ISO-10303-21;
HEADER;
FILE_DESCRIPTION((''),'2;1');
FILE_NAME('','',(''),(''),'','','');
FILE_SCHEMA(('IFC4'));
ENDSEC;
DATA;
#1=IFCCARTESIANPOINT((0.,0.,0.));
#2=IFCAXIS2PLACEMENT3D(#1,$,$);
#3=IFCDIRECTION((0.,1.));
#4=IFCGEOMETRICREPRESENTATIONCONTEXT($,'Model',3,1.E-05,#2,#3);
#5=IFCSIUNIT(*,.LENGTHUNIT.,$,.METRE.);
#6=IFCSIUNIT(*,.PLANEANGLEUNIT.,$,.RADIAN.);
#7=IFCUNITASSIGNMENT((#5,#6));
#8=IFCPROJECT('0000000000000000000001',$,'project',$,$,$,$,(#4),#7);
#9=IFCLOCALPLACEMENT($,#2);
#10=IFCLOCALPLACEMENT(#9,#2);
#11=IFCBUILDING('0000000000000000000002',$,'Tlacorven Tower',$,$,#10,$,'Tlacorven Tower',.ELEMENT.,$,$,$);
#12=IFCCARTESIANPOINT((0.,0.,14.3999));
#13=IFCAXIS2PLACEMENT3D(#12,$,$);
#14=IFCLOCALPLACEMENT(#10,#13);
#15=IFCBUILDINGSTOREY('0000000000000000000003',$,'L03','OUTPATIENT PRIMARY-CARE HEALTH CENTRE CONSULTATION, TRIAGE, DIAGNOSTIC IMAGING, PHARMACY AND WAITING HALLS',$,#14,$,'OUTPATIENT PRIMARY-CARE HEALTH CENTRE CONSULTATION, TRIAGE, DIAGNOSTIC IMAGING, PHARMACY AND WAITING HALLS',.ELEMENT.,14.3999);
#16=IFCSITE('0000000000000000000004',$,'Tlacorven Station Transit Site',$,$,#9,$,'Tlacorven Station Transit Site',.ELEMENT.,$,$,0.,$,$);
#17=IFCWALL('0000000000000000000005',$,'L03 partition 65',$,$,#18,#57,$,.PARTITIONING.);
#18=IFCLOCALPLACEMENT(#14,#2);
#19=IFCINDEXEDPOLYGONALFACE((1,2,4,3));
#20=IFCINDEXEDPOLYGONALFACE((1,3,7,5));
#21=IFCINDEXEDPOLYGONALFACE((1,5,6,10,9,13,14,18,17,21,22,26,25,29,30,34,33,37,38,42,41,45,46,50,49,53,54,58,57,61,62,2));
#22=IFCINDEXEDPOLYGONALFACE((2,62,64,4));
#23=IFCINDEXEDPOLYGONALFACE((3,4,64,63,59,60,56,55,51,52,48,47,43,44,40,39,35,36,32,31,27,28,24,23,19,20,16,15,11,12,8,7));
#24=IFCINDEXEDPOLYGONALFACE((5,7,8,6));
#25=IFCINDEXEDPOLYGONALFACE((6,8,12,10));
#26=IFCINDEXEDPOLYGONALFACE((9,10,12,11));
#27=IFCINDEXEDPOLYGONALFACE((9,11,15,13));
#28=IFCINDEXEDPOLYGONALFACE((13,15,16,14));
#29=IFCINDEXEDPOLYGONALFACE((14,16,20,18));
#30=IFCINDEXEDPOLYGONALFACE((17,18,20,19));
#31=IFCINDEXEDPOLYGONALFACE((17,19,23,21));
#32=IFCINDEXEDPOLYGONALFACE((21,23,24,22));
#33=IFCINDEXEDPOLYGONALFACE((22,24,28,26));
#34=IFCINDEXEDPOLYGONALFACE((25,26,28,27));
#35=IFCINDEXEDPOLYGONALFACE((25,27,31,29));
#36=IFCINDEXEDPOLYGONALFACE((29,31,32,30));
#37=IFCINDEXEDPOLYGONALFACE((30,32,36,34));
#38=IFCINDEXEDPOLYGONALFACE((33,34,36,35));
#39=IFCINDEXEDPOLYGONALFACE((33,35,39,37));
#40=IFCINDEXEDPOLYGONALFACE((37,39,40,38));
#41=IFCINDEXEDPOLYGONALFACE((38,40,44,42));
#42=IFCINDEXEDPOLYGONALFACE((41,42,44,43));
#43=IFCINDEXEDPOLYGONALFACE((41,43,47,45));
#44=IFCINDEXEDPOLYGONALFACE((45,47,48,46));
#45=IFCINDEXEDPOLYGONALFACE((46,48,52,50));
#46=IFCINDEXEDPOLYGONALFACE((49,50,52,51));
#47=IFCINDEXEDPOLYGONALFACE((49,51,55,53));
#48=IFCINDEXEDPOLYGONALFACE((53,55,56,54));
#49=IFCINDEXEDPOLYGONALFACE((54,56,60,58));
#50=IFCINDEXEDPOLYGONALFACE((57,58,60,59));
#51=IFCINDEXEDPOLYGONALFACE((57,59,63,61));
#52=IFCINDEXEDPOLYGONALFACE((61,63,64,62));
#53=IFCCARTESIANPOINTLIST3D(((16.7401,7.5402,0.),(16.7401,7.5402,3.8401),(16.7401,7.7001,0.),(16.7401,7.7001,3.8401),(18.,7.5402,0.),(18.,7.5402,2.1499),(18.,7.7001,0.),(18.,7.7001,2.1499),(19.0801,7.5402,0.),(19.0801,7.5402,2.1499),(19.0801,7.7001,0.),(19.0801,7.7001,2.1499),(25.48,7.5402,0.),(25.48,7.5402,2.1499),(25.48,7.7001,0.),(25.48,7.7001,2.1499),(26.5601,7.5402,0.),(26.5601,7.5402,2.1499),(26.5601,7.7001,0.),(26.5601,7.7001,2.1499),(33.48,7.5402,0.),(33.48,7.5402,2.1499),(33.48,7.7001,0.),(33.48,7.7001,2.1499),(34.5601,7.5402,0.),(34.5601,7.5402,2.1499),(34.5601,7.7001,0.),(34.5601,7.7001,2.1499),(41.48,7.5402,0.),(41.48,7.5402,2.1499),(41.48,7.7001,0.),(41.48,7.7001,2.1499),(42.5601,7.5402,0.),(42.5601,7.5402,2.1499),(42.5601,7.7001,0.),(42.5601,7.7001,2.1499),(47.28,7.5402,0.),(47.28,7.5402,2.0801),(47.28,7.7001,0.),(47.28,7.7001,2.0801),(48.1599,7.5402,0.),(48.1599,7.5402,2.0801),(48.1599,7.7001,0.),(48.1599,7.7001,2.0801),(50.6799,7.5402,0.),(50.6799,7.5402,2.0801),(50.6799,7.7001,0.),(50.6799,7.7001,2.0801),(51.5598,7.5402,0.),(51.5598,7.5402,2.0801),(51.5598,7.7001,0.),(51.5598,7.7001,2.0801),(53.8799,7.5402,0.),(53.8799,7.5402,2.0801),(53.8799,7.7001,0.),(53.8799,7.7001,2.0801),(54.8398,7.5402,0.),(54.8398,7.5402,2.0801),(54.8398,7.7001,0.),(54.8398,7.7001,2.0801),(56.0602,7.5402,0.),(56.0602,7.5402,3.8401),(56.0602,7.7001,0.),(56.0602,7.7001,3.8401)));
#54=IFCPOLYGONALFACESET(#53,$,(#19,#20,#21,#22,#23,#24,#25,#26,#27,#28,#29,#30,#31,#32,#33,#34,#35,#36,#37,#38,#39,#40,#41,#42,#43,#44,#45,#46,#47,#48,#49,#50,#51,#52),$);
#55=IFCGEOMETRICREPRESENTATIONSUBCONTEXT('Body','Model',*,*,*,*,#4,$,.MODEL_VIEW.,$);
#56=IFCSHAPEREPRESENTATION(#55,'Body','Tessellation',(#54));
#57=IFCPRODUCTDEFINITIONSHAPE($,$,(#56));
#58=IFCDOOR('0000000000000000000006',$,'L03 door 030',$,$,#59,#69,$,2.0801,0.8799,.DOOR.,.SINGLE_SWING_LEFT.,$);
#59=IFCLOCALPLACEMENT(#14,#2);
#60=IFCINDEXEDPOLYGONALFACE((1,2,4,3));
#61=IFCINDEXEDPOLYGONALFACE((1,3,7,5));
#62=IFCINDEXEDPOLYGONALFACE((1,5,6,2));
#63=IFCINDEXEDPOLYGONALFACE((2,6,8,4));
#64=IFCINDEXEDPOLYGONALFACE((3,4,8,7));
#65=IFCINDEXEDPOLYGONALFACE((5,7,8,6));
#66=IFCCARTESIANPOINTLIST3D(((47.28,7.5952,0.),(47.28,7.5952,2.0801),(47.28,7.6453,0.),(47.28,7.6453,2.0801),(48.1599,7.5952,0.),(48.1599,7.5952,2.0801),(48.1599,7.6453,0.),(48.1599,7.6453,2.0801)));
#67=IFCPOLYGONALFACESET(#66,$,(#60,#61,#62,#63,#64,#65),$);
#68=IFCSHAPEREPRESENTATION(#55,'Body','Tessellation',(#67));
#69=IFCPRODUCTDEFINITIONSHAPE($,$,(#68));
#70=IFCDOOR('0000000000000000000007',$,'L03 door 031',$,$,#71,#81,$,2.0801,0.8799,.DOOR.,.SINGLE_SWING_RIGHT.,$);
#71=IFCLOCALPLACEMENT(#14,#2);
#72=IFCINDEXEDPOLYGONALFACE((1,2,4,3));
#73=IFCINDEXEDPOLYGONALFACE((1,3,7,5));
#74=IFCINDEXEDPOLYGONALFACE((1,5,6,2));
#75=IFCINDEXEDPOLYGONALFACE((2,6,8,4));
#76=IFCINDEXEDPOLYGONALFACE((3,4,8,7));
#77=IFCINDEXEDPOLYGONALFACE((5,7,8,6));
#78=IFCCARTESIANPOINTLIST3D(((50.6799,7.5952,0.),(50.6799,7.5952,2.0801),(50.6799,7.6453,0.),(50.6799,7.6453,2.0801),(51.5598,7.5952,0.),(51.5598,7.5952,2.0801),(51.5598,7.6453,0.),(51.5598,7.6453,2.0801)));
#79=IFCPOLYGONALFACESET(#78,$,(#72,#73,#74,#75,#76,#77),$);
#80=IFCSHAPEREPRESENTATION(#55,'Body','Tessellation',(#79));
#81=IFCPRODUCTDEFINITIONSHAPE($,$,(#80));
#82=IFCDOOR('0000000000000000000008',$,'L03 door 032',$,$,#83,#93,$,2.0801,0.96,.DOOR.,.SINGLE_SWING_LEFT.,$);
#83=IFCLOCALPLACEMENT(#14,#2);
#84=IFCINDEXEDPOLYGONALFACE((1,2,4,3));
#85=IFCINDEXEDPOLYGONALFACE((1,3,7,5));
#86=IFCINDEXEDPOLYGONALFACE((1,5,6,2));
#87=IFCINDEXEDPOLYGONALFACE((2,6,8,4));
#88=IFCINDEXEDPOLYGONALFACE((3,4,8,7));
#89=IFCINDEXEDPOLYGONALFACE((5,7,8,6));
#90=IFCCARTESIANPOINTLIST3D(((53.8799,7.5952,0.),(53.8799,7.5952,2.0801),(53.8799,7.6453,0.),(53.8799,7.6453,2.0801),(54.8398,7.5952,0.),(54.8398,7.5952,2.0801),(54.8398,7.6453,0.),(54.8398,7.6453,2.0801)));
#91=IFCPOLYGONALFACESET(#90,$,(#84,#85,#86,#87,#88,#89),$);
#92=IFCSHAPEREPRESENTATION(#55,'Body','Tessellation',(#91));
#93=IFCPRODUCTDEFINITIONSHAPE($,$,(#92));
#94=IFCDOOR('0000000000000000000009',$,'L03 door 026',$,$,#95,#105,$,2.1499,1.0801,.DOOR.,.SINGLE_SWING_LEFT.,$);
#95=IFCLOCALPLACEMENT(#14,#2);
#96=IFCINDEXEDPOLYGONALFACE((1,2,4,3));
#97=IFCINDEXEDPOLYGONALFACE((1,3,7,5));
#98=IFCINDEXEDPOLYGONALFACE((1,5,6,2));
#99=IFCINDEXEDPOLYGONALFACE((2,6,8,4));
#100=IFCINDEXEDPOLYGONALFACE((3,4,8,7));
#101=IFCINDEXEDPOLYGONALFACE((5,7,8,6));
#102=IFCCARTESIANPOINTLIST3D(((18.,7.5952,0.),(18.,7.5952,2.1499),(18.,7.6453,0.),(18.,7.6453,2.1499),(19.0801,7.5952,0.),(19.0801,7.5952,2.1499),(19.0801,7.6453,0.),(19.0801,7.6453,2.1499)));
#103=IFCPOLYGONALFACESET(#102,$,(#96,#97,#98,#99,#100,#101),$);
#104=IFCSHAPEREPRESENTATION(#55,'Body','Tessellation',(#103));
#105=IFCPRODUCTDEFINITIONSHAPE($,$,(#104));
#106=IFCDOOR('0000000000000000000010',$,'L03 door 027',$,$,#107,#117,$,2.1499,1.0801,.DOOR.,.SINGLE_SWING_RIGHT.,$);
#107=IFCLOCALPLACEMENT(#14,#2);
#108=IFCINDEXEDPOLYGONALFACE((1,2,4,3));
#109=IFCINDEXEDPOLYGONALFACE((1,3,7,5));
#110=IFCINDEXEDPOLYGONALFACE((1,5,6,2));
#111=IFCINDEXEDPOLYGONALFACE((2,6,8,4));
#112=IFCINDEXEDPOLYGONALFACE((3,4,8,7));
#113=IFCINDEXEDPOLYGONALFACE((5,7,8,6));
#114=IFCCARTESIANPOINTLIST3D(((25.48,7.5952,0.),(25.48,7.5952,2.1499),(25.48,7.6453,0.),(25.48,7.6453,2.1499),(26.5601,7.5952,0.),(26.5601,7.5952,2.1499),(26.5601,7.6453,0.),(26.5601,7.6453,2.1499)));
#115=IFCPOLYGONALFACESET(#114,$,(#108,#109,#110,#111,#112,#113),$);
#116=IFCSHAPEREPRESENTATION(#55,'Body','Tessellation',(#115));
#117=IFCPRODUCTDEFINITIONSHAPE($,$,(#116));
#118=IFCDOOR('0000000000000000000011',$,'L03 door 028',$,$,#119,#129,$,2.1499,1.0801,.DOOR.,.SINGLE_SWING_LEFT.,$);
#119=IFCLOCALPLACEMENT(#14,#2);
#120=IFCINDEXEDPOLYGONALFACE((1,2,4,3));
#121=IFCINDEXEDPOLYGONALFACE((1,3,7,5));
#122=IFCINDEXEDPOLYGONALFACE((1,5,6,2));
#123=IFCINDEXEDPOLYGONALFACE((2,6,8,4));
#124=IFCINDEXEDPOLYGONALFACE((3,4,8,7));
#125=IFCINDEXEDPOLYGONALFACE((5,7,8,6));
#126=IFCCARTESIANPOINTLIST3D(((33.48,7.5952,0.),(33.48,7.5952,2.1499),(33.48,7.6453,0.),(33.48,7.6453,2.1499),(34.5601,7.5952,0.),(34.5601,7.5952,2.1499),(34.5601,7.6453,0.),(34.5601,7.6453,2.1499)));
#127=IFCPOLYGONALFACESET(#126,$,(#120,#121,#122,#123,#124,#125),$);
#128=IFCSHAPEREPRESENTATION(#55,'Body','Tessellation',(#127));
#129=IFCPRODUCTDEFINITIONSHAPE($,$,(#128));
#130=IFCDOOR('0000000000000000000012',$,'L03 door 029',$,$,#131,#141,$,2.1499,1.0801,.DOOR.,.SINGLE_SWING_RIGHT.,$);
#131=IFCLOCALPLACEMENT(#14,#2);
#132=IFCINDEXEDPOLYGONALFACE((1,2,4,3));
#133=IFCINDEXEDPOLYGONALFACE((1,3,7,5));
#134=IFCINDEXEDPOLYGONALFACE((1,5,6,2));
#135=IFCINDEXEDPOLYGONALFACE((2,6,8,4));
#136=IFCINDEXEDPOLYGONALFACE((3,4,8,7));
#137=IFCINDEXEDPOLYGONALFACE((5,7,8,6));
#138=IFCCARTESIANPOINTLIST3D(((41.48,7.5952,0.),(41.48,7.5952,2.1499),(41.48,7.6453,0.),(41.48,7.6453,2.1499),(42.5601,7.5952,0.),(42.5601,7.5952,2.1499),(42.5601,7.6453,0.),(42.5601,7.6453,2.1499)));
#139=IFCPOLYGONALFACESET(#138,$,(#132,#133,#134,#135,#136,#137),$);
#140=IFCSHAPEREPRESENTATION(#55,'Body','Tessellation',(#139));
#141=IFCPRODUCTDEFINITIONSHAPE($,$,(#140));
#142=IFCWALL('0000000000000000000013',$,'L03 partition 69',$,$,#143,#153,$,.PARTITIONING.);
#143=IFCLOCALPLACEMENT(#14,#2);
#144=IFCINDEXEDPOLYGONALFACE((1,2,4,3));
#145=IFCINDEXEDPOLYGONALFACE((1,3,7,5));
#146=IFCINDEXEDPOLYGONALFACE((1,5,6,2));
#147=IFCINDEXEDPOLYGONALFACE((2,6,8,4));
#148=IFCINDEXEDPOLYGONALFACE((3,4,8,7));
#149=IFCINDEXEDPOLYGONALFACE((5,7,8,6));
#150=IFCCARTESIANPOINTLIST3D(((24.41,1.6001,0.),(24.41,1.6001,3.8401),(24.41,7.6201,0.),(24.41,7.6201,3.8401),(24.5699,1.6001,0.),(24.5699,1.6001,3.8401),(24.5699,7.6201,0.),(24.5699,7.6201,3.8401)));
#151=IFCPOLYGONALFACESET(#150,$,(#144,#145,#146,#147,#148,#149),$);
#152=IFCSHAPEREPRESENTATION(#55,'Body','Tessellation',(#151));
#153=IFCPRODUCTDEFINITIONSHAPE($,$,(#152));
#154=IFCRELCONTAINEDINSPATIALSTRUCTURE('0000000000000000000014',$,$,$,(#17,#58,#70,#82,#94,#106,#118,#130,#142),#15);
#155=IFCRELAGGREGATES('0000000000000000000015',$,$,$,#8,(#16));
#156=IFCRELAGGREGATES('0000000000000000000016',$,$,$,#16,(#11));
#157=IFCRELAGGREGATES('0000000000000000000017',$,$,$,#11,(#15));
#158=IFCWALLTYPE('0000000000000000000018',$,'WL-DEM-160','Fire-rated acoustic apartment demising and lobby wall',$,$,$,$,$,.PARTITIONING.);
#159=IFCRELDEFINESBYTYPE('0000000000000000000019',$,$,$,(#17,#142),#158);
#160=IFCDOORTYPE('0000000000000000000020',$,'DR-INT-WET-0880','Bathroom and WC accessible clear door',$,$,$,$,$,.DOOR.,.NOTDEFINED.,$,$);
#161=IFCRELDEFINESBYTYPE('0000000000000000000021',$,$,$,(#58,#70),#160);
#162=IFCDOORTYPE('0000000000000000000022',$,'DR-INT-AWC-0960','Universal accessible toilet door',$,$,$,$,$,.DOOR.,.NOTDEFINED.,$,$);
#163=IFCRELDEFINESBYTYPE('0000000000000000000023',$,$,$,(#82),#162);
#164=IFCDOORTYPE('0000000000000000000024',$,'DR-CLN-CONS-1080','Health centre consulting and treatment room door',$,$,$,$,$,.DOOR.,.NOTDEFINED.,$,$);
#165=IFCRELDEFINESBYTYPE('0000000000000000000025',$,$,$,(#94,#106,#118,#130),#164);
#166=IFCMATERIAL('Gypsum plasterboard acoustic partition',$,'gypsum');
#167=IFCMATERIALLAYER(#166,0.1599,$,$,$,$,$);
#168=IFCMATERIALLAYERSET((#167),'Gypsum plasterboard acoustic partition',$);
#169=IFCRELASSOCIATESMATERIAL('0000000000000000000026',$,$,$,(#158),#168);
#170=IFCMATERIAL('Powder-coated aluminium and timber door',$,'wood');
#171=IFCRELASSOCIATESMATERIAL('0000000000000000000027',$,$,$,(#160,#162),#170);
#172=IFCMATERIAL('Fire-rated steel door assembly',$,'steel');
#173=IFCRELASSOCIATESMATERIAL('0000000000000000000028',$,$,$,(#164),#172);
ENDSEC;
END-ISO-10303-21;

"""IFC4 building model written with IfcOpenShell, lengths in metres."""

from ifc_helpers import new_model, si_unit, direction, frame, frame_2d, origin, place, context, subcontext, project, spatial, rectangle, extrude, source, transform, mapped, material, layer, layer_set, type_object, element, fill, save


model = new_model("IFC4")

# Units and contexts
model_context = context("Model", 3, precision=1e-05, world=origin(), true_north=direction((0.0, 1.0)))
body_context = subcontext(model_context, "Body", "Model", "MODEL_VIEW")
ifc_project = project(units=[si_unit("LENGTHUNIT", "METRE"), si_unit("PLANEANGLEUNIT", "RADIAN")], contexts=[model_context])

# Site, building, storey
site_placement = place(None, origin())
site = spatial("IfcSite", under=ifc_project, at=site_placement, Name="Tlacorven Station Transit Site", LongName="Tlacorven Station Transit Site", CompositionType="ELEMENT", RefElevation=0.0)
building_placement = place(site_placement, origin())
building = spatial("IfcBuilding", under=site, at=building_placement, Name="Tlacorven Tower", LongName="Tlacorven Tower", CompositionType="ELEMENT")
storey_placement = place(building_placement, frame((0.0, 0.0, 14.3999)))
storey = spatial("IfcBuildingStorey", under=building, at=storey_placement, Name="L03", Description="OUTPATIENT PRIMARY-CARE HEALTH CENTRE CONSULTATION, TRIAGE, DIAGNOSTIC IMAGING, PHARMACY AND WAITING HALLS", LongName="OUTPATIENT PRIMARY-CARE HEALTH CENTRE CONSULTATION, TRIAGE, DIAGNOSTIC IMAGING, PHARMACY AND WAITING HALLS", CompositionType="ELEMENT", Elevation=14.3999)

# Wall, openings, doors
ifc_material_1 = material(Name="Gypsum plasterboard acoustic partition", Category="gypsum")
ifc_layer_1 = layer(ifc_material_1, 0.1599)
ifc_layer_set_1 = layer_set([ifc_layer_1], Name="Gypsum plasterboard acoustic partition")
wall_type_1 = type_object("IfcWallType", Name="WL-DEM-160", Description="Fire-rated acoustic apartment demising and lobby wall", PredefinedType="PARTITIONING", material=ifc_layer_set_1)
wall_1_placement = place(storey_placement, frame((16.74, 7.6201, 0.0), z_axis=(0.0, 0.0, 1.0), x_axis=(1.0, 0.0, 0.0)))
wall_1 = element("IfcWall", 1, at=wall_1_placement, inside=storey, type_object=wall_type_1, Name="L03 partition 65", PredefinedType="PARTITIONING", context=body_context, shape_type="SweptSolid", body=[
    extrude(rectangle(XDim=39.3201, YDim=0.1599, at=frame_2d((19.6602, 0.0))), origin(), (0.0, 0.0, 1.0), 3.8401),
])
opening_1_placement = place(wall_1_placement, frame((1.26, 0.0, 0.0)))
opening_1 = element("IfcOpeningElement", 2, at=opening_1_placement, cuts=wall_1, PredefinedType="OPENING", context=body_context, shape_type="SweptSolid", body=[
    extrude(rectangle(XDim=1.0801, YDim=2.1499, at=frame_2d((0.54, 1.075))), frame((0.0, 0.0898, 0.0), z_axis=(0.0, -1.0, 0.0), x_axis=(1.0, 0.0, 0.0)), (0.0, 0.0, 1.0), 0.1799),
])
opening_2_placement = place(wall_1_placement, frame((8.74, 0.0, 0.0)))
opening_2 = element("IfcOpeningElement", 3, at=opening_2_placement, cuts=wall_1, PredefinedType="OPENING", context=body_context, shape_type="SweptSolid", body=[
    extrude(rectangle(XDim=1.0801, YDim=2.1499, at=frame_2d((0.54, 1.075))), frame((0.0, 0.0898, 0.0), z_axis=(0.0, -1.0, 0.0), x_axis=(1.0, 0.0, 0.0)), (0.0, 0.0, 1.0), 0.1799),
])
opening_3_placement = place(wall_1_placement, frame((16.74, 0.0, 0.0)))
opening_3 = element("IfcOpeningElement", 4, at=opening_3_placement, cuts=wall_1, PredefinedType="OPENING", context=body_context, shape_type="SweptSolid", body=[
    extrude(rectangle(XDim=1.0801, YDim=2.1499, at=frame_2d((0.54, 1.075))), frame((0.0, 0.0898, 0.0), z_axis=(0.0, -1.0, 0.0), x_axis=(1.0, 0.0, 0.0)), (0.0, 0.0, 1.0), 0.1799),
])
opening_4_placement = place(wall_1_placement, frame((24.74, 0.0, 0.0)))
opening_4 = element("IfcOpeningElement", 5, at=opening_4_placement, cuts=wall_1, PredefinedType="OPENING", context=body_context, shape_type="SweptSolid", body=[
    extrude(rectangle(XDim=1.0801, YDim=2.1499, at=frame_2d((0.54, 1.075))), frame((0.0, 0.0898, 0.0), z_axis=(0.0, -1.0, 0.0), x_axis=(1.0, 0.0, 0.0)), (0.0, 0.0, 1.0), 0.1799),
])
opening_5_placement = place(wall_1_placement, frame((30.54, 0.0, 0.0)))
opening_5 = element("IfcOpeningElement", 6, at=opening_5_placement, cuts=wall_1, PredefinedType="OPENING", context=body_context, shape_type="SweptSolid", body=[
    extrude(rectangle(XDim=0.8799, YDim=2.0801, at=frame_2d((0.4399, 1.04))), frame((0.0, 0.0898, 0.0), z_axis=(0.0, -1.0, 0.0), x_axis=(1.0, 0.0, 0.0)), (0.0, 0.0, 1.0), 0.1799),
])
opening_6_placement = place(wall_1_placement, frame((33.9399, 0.0, 0.0)))
opening_6 = element("IfcOpeningElement", 7, at=opening_6_placement, cuts=wall_1, PredefinedType="OPENING", context=body_context, shape_type="SweptSolid", body=[
    extrude(rectangle(XDim=0.8799, YDim=2.0801, at=frame_2d((0.4399, 1.04))), frame((0.0, 0.0898, 0.0), z_axis=(0.0, -1.0, 0.0), x_axis=(1.0, 0.0, 0.0)), (0.0, 0.0, 1.0), 0.1799),
])
opening_7_placement = place(wall_1_placement, frame((37.1399, 0.0, 0.0)))
opening_7 = element("IfcOpeningElement", 8, at=opening_7_placement, cuts=wall_1, PredefinedType="OPENING", context=body_context, shape_type="SweptSolid", body=[
    extrude(rectangle(XDim=0.96, YDim=2.0801, at=frame_2d((0.48, 1.04))), frame((0.0, 0.0898, 0.0), z_axis=(0.0, -1.0, 0.0), x_axis=(1.0, 0.0, 0.0)), (0.0, 0.0, 1.0), 0.1799),
])
ifc_material_2 = material(Name="Powder-coated aluminium and timber door", Category="wood")
door_type_1 = type_object("IfcDoorType", Name="DR-INT-WET-0880", Description="Bathroom and WC accessible clear door", OperationType="NOTDEFINED", PredefinedType="DOOR", material=ifc_material_2)
shared_shape_1 = source(origin(), body_context, "Body", "SweptSolid", [
    extrude(rectangle(XDim=0.8799, YDim=2.0801, at=frame_2d((0.4399, 1.04))), frame((0.0, 0.0249, 0.0), z_axis=(0.0, -1.0, 0.0), x_axis=(1.0, 0.0, 0.0)), (0.0, 0.0, 1.0), 0.05),
])
door_1_placement = place(opening_5_placement, frame((0.8799, 0.0, 0.0), z_axis=(0.0, 0.0, 1.0), x_axis=(-1.0, 0.0, 0.0)))
door_1 = element("IfcDoor", 9, at=door_1_placement, inside=storey, type_object=door_type_1, Name="L03 door 030", OperationType="SINGLE_SWING_LEFT", OverallHeight=2.0801, OverallWidth=0.8799, PredefinedType="DOOR", context=body_context, shape_type="MappedRepresentation", body=[
    mapped(shared_shape_1, transform((0.0, 0.0, 0.0), scale=1.0)),
])
fill(opening_5, door_1)
door_2_placement = place(opening_6_placement, frame((0.8799, 0.0, 0.0), z_axis=(0.0, 0.0, 1.0), x_axis=(-1.0, 0.0, 0.0)))
door_2 = element("IfcDoor", 10, at=door_2_placement, inside=storey, type_object=door_type_1, Name="L03 door 031", OperationType="SINGLE_SWING_RIGHT", OverallHeight=2.0801, OverallWidth=0.8799, PredefinedType="DOOR", context=body_context, shape_type="MappedRepresentation", body=[
    mapped(shared_shape_1, transform((0.0, 0.0, 0.0), scale=1.0)),
])
fill(opening_6, door_2)
door_type_2 = type_object("IfcDoorType", Name="DR-INT-AWC-0960", Description="Universal accessible toilet door", OperationType="NOTDEFINED", PredefinedType="DOOR", material=ifc_material_2)
shared_shape_2 = source(origin(), body_context, "Body", "SweptSolid", [
    extrude(rectangle(XDim=0.96, YDim=2.0801, at=frame_2d((0.48, 1.04))), frame((0.0, 0.0249, 0.0), z_axis=(0.0, -1.0, 0.0), x_axis=(1.0, 0.0, 0.0)), (0.0, 0.0, 1.0), 0.05),
])
door_3_placement = place(opening_7_placement, frame((0.96, 0.0, 0.0), z_axis=(0.0, 0.0, 1.0), x_axis=(-1.0, 0.0, 0.0)))
door_3 = element("IfcDoor", 11, at=door_3_placement, inside=storey, type_object=door_type_2, Name="L03 door 032", OperationType="SINGLE_SWING_LEFT", OverallHeight=2.0801, OverallWidth=0.96, PredefinedType="DOOR", context=body_context, shape_type="MappedRepresentation", body=[
    mapped(shared_shape_2, transform((0.0, 0.0, 0.0), scale=1.0)),
])
fill(opening_7, door_3)
ifc_material_3 = material(Name="Fire-rated steel door assembly", Category="steel")
door_type_3 = type_object("IfcDoorType", Name="DR-CLN-CONS-1080", Description="Health centre consulting and treatment room door", OperationType="NOTDEFINED", PredefinedType="DOOR", material=ifc_material_3)
shared_shape_3 = source(origin(), body_context, "Body", "SweptSolid", [
    extrude(rectangle(XDim=1.0801, YDim=2.1499, at=frame_2d((0.54, 1.075))), frame((0.0, 0.0249, 0.0), z_axis=(0.0, -1.0, 0.0), x_axis=(1.0, 0.0, 0.0)), (0.0, 0.0, 1.0), 0.05),
])
door_4_placement = place(opening_1_placement, frame((1.0801, 0.0, 0.0), z_axis=(0.0, 0.0, 1.0), x_axis=(-1.0, 0.0, 0.0)))
door_4 = element("IfcDoor", 12, at=door_4_placement, inside=storey, type_object=door_type_3, Name="L03 door 026", OperationType="SINGLE_SWING_LEFT", OverallHeight=2.1499, OverallWidth=1.0801, PredefinedType="DOOR", context=body_context, shape_type="MappedRepresentation", body=[
    mapped(shared_shape_3, transform((0.0, 0.0, 0.0), scale=1.0)),
])
fill(opening_1, door_4)
door_5_placement = place(opening_2_placement, frame((1.0801, 0.0, 0.0), z_axis=(0.0, 0.0, 1.0), x_axis=(-1.0, 0.0, 0.0)))
door_5 = element("IfcDoor", 13, at=door_5_placement, inside=storey, type_object=door_type_3, Name="L03 door 027", OperationType="SINGLE_SWING_RIGHT", OverallHeight=2.1499, OverallWidth=1.0801, PredefinedType="DOOR", context=body_context, shape_type="MappedRepresentation", body=[
    mapped(shared_shape_3, transform((0.0, 0.0, 0.0), scale=1.0)),
])
fill(opening_2, door_5)
door_6_placement = place(opening_3_placement, frame((1.0801, 0.0, 0.0), z_axis=(0.0, 0.0, 1.0), x_axis=(-1.0, 0.0, 0.0)))
door_6 = element("IfcDoor", 14, at=door_6_placement, inside=storey, type_object=door_type_3, Name="L03 door 028", OperationType="SINGLE_SWING_LEFT", OverallHeight=2.1499, OverallWidth=1.0801, PredefinedType="DOOR", context=body_context, shape_type="MappedRepresentation", body=[
    mapped(shared_shape_3, transform((0.0, 0.0, 0.0), scale=1.0)),
])
fill(opening_3, door_6)
door_7_placement = place(opening_4_placement, frame((1.0801, 0.0, 0.0), z_axis=(0.0, 0.0, 1.0), x_axis=(-1.0, 0.0, 0.0)))
door_7 = element("IfcDoor", 15, at=door_7_placement, inside=storey, type_object=door_type_3, Name="L03 door 029", OperationType="SINGLE_SWING_RIGHT", OverallHeight=2.1499, OverallWidth=1.0801, PredefinedType="DOOR", context=body_context, shape_type="MappedRepresentation", body=[
    mapped(shared_shape_3, transform((0.0, 0.0, 0.0), scale=1.0)),
])
fill(opening_4, door_7)

# Wall
wall_2_placement = place(storey_placement, frame((24.49, 1.6001, 0.0), z_axis=(0.0, 0.0, 1.0), x_axis=(0.0, 1.0, 0.0)))
element("IfcWall", 16, at=wall_2_placement, inside=storey, type_object=wall_type_1, Name="L03 partition 69", PredefinedType="PARTITIONING", context=body_context, shape_type="SweptSolid", body=[
    extrude(rectangle(XDim=6.02, YDim=0.1599, at=frame_2d((3.01, 0.0))), origin(), (0.0, 0.0, 1.0), 3.8401),
])

save(model, "model.ifc")
